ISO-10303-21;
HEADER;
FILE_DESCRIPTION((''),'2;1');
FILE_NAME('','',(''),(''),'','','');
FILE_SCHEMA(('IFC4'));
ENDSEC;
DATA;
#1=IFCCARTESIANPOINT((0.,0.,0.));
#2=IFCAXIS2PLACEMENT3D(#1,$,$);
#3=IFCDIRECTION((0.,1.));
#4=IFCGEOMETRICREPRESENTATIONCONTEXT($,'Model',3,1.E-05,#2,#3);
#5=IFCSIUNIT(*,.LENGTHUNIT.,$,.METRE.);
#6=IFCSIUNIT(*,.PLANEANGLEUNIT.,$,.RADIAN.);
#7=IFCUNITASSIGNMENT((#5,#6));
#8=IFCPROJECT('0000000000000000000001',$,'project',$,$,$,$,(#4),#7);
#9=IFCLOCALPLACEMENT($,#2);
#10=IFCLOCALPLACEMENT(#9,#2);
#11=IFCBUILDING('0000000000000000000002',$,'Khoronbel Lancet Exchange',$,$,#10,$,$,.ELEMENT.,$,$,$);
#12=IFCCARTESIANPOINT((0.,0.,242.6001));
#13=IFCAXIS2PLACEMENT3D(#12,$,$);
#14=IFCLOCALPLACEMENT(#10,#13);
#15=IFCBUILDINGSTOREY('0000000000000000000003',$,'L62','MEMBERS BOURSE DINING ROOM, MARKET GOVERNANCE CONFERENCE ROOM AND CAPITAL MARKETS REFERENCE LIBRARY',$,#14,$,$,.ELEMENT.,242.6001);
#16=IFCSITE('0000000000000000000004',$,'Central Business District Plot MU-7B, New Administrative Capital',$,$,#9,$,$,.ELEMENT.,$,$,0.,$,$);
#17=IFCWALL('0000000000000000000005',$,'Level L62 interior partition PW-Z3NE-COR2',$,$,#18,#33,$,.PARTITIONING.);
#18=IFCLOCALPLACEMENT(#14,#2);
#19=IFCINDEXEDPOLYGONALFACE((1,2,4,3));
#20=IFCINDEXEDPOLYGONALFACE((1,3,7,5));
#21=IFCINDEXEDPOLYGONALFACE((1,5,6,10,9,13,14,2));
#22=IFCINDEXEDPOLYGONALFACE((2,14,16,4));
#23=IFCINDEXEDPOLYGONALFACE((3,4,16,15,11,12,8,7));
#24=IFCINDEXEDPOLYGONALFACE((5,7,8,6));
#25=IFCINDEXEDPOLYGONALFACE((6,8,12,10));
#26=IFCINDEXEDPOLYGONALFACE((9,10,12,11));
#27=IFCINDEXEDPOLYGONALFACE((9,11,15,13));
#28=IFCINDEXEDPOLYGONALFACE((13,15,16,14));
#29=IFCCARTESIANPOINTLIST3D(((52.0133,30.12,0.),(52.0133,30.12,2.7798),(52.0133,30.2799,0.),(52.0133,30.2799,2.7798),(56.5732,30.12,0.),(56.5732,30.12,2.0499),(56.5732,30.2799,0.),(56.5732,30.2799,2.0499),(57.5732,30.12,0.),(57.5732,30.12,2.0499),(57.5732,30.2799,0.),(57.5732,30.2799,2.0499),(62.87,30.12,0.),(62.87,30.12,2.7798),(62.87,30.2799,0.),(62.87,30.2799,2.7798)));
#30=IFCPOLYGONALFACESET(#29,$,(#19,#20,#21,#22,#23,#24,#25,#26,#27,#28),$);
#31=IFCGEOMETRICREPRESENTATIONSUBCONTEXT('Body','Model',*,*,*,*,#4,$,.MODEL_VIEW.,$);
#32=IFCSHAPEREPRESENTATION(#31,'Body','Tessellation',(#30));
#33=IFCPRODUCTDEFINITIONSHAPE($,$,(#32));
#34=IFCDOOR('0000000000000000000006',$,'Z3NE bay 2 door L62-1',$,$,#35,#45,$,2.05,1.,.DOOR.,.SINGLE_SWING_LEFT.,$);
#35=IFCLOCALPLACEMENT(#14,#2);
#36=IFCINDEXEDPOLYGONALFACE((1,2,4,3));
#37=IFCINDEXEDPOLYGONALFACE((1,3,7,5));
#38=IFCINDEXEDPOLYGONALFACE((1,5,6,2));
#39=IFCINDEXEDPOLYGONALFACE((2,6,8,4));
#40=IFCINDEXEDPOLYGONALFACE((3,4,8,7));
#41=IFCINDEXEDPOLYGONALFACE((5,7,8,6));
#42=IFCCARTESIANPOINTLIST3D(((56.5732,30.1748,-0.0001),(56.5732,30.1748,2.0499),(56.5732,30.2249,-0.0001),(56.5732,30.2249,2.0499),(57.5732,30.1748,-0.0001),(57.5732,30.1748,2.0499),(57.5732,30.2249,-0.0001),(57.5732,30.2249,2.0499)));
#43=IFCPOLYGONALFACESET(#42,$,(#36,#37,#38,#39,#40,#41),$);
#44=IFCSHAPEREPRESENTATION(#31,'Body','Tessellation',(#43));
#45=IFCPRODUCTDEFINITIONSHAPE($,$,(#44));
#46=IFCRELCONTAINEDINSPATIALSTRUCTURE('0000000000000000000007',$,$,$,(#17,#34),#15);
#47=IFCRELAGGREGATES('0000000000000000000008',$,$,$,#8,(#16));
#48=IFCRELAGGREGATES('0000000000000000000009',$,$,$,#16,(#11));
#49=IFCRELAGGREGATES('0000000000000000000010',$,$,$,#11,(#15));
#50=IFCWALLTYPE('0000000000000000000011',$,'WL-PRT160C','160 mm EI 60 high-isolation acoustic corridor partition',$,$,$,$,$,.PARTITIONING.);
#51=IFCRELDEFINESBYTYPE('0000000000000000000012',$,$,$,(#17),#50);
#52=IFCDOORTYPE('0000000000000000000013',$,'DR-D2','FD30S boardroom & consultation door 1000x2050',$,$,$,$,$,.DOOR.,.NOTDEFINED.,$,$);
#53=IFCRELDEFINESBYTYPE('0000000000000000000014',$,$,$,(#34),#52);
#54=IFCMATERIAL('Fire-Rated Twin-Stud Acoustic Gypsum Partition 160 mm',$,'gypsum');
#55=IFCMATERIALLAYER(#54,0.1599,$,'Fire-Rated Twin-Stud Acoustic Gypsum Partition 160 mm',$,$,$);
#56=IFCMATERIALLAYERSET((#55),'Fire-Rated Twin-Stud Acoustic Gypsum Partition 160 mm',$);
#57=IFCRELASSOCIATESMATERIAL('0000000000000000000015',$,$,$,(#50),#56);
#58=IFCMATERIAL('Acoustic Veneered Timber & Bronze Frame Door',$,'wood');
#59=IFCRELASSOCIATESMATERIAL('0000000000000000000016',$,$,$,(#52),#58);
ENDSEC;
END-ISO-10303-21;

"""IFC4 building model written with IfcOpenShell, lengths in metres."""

from ifc_helpers import new_model, si_unit, direction, frame, frame_2d, origin, place, context, subcontext, project, spatial, rectangle, extrude, material, layer, layer_set, type_object, element, fill, save


model = new_model("IFC4")

# Units and contexts
model_context = context("Model", 3, precision=1e-05, world=origin(), true_north=direction((0.0, 1.0)))
body_context = subcontext(model_context, "Body", "Model", "MODEL_VIEW")
ifc_project = project(units=[si_unit("LENGTHUNIT", "METRE"), si_unit("PLANEANGLEUNIT", "RADIAN")], contexts=[model_context])

# Site, building, storey
site_placement = place(None, origin())
site = spatial("IfcSite", under=ifc_project, at=site_placement, Name="Central Business District Plot MU-7B, New Administrative Capital", CompositionType="ELEMENT", RefElevation=0.0)
building_placement = place(site_placement, origin())
building = spatial("IfcBuilding", under=site, at=building_placement, Name="Khoronbel Lancet Exchange", CompositionType="ELEMENT")
storey_placement = place(building_placement, frame((0.0, 0.0, 242.6001)))
storey = spatial("IfcBuildingStorey", under=building, at=storey_placement, Name="L62", Description="MEMBERS BOURSE DINING ROOM, MARKET GOVERNANCE CONFERENCE ROOM AND CAPITAL MARKETS REFERENCE LIBRARY", CompositionType="ELEMENT", Elevation=242.6001)

# Wall, opening, door
ifc_material_1 = material(Name="Fire-Rated Twin-Stud Acoustic Gypsum Partition 160 mm", Category="gypsum")
ifc_layer_1 = layer(ifc_material_1, 0.1599, Name="Fire-Rated Twin-Stud Acoustic Gypsum Partition 160 mm")
ifc_layer_set_1 = layer_set([ifc_layer_1], Name="Fire-Rated Twin-Stud Acoustic Gypsum Partition 160 mm")
wall_type_1 = type_object("IfcWallType", Name="WL-PRT160C", Description="160 mm EI 60 high-isolation acoustic corridor partition", PredefinedType="PARTITIONING", material=ifc_layer_set_1)
ifc_material_2 = material(Name="Acoustic Veneered Timber & Bronze Frame Door", Category="wood")
door_type_1 = type_object("IfcDoorType", Name="DR-D2", Description="FD30S boardroom & consultation door 1000x2050", OperationType="NOTDEFINED", PredefinedType="DOOR", material=ifc_material_2)
wall_1_placement = place(storey_placement, frame((52.0134, 30.2, 0.0), z_axis=(0.0, 0.0, 1.0), x_axis=(1.0, 0.0, 0.0)))
wall_1 = element("IfcWall", 1, at=wall_1_placement, inside=storey, type_object=wall_type_1, Name="Level L62 interior partition PW-Z3NE-COR2", PredefinedType="PARTITIONING", context=body_context, shape_type="SweptSolid", body=[
    extrude(rectangle(XDim=10.8567, YDim=0.1599, at=frame_2d((5.4282, 0.0))), origin(), (0.0, 0.0, 1.0), 2.7798),
])
opening_1_placement = place(wall_1_placement, frame((4.5598, 0.0, 0.0)))
opening_1 = element("IfcOpeningElement", 2, at=opening_1_placement, cuts=wall_1, PredefinedType="OPENING", context=body_context, shape_type="SweptSolid", body=[
    extrude(rectangle(XDim=1.0, YDim=2.05, at=frame_2d((0.5, 1.0249))), frame((0.0, 0.0898, 0.0), z_axis=(0.0, -1.0, 0.0), x_axis=(1.0, 0.0, 0.0)), (0.0, 0.0, 1.0), 0.1799),
])
door_1_placement = place(opening_1_placement, origin())
door_1 = element("IfcDoor", 3, at=door_1_placement, inside=storey, type_object=door_type_1, Name="Z3NE bay 2 door L62-1", OperationType="SINGLE_SWING_LEFT", OverallHeight=2.05, OverallWidth=1.0, PredefinedType="DOOR", context=body_context, shape_type="SweptSolid", body=[
    extrude(rectangle(XDim=1.0, YDim=2.05, at=frame_2d((0.5, 1.0249))), frame((0.0, 0.0249, 0.0), z_axis=(0.0, -1.0, 0.0), x_axis=(1.0, 0.0, 0.0)), (0.0, 0.0, 1.0), 0.05),
])
fill(opening_1, door_1)

save(model, "model.ifc")
